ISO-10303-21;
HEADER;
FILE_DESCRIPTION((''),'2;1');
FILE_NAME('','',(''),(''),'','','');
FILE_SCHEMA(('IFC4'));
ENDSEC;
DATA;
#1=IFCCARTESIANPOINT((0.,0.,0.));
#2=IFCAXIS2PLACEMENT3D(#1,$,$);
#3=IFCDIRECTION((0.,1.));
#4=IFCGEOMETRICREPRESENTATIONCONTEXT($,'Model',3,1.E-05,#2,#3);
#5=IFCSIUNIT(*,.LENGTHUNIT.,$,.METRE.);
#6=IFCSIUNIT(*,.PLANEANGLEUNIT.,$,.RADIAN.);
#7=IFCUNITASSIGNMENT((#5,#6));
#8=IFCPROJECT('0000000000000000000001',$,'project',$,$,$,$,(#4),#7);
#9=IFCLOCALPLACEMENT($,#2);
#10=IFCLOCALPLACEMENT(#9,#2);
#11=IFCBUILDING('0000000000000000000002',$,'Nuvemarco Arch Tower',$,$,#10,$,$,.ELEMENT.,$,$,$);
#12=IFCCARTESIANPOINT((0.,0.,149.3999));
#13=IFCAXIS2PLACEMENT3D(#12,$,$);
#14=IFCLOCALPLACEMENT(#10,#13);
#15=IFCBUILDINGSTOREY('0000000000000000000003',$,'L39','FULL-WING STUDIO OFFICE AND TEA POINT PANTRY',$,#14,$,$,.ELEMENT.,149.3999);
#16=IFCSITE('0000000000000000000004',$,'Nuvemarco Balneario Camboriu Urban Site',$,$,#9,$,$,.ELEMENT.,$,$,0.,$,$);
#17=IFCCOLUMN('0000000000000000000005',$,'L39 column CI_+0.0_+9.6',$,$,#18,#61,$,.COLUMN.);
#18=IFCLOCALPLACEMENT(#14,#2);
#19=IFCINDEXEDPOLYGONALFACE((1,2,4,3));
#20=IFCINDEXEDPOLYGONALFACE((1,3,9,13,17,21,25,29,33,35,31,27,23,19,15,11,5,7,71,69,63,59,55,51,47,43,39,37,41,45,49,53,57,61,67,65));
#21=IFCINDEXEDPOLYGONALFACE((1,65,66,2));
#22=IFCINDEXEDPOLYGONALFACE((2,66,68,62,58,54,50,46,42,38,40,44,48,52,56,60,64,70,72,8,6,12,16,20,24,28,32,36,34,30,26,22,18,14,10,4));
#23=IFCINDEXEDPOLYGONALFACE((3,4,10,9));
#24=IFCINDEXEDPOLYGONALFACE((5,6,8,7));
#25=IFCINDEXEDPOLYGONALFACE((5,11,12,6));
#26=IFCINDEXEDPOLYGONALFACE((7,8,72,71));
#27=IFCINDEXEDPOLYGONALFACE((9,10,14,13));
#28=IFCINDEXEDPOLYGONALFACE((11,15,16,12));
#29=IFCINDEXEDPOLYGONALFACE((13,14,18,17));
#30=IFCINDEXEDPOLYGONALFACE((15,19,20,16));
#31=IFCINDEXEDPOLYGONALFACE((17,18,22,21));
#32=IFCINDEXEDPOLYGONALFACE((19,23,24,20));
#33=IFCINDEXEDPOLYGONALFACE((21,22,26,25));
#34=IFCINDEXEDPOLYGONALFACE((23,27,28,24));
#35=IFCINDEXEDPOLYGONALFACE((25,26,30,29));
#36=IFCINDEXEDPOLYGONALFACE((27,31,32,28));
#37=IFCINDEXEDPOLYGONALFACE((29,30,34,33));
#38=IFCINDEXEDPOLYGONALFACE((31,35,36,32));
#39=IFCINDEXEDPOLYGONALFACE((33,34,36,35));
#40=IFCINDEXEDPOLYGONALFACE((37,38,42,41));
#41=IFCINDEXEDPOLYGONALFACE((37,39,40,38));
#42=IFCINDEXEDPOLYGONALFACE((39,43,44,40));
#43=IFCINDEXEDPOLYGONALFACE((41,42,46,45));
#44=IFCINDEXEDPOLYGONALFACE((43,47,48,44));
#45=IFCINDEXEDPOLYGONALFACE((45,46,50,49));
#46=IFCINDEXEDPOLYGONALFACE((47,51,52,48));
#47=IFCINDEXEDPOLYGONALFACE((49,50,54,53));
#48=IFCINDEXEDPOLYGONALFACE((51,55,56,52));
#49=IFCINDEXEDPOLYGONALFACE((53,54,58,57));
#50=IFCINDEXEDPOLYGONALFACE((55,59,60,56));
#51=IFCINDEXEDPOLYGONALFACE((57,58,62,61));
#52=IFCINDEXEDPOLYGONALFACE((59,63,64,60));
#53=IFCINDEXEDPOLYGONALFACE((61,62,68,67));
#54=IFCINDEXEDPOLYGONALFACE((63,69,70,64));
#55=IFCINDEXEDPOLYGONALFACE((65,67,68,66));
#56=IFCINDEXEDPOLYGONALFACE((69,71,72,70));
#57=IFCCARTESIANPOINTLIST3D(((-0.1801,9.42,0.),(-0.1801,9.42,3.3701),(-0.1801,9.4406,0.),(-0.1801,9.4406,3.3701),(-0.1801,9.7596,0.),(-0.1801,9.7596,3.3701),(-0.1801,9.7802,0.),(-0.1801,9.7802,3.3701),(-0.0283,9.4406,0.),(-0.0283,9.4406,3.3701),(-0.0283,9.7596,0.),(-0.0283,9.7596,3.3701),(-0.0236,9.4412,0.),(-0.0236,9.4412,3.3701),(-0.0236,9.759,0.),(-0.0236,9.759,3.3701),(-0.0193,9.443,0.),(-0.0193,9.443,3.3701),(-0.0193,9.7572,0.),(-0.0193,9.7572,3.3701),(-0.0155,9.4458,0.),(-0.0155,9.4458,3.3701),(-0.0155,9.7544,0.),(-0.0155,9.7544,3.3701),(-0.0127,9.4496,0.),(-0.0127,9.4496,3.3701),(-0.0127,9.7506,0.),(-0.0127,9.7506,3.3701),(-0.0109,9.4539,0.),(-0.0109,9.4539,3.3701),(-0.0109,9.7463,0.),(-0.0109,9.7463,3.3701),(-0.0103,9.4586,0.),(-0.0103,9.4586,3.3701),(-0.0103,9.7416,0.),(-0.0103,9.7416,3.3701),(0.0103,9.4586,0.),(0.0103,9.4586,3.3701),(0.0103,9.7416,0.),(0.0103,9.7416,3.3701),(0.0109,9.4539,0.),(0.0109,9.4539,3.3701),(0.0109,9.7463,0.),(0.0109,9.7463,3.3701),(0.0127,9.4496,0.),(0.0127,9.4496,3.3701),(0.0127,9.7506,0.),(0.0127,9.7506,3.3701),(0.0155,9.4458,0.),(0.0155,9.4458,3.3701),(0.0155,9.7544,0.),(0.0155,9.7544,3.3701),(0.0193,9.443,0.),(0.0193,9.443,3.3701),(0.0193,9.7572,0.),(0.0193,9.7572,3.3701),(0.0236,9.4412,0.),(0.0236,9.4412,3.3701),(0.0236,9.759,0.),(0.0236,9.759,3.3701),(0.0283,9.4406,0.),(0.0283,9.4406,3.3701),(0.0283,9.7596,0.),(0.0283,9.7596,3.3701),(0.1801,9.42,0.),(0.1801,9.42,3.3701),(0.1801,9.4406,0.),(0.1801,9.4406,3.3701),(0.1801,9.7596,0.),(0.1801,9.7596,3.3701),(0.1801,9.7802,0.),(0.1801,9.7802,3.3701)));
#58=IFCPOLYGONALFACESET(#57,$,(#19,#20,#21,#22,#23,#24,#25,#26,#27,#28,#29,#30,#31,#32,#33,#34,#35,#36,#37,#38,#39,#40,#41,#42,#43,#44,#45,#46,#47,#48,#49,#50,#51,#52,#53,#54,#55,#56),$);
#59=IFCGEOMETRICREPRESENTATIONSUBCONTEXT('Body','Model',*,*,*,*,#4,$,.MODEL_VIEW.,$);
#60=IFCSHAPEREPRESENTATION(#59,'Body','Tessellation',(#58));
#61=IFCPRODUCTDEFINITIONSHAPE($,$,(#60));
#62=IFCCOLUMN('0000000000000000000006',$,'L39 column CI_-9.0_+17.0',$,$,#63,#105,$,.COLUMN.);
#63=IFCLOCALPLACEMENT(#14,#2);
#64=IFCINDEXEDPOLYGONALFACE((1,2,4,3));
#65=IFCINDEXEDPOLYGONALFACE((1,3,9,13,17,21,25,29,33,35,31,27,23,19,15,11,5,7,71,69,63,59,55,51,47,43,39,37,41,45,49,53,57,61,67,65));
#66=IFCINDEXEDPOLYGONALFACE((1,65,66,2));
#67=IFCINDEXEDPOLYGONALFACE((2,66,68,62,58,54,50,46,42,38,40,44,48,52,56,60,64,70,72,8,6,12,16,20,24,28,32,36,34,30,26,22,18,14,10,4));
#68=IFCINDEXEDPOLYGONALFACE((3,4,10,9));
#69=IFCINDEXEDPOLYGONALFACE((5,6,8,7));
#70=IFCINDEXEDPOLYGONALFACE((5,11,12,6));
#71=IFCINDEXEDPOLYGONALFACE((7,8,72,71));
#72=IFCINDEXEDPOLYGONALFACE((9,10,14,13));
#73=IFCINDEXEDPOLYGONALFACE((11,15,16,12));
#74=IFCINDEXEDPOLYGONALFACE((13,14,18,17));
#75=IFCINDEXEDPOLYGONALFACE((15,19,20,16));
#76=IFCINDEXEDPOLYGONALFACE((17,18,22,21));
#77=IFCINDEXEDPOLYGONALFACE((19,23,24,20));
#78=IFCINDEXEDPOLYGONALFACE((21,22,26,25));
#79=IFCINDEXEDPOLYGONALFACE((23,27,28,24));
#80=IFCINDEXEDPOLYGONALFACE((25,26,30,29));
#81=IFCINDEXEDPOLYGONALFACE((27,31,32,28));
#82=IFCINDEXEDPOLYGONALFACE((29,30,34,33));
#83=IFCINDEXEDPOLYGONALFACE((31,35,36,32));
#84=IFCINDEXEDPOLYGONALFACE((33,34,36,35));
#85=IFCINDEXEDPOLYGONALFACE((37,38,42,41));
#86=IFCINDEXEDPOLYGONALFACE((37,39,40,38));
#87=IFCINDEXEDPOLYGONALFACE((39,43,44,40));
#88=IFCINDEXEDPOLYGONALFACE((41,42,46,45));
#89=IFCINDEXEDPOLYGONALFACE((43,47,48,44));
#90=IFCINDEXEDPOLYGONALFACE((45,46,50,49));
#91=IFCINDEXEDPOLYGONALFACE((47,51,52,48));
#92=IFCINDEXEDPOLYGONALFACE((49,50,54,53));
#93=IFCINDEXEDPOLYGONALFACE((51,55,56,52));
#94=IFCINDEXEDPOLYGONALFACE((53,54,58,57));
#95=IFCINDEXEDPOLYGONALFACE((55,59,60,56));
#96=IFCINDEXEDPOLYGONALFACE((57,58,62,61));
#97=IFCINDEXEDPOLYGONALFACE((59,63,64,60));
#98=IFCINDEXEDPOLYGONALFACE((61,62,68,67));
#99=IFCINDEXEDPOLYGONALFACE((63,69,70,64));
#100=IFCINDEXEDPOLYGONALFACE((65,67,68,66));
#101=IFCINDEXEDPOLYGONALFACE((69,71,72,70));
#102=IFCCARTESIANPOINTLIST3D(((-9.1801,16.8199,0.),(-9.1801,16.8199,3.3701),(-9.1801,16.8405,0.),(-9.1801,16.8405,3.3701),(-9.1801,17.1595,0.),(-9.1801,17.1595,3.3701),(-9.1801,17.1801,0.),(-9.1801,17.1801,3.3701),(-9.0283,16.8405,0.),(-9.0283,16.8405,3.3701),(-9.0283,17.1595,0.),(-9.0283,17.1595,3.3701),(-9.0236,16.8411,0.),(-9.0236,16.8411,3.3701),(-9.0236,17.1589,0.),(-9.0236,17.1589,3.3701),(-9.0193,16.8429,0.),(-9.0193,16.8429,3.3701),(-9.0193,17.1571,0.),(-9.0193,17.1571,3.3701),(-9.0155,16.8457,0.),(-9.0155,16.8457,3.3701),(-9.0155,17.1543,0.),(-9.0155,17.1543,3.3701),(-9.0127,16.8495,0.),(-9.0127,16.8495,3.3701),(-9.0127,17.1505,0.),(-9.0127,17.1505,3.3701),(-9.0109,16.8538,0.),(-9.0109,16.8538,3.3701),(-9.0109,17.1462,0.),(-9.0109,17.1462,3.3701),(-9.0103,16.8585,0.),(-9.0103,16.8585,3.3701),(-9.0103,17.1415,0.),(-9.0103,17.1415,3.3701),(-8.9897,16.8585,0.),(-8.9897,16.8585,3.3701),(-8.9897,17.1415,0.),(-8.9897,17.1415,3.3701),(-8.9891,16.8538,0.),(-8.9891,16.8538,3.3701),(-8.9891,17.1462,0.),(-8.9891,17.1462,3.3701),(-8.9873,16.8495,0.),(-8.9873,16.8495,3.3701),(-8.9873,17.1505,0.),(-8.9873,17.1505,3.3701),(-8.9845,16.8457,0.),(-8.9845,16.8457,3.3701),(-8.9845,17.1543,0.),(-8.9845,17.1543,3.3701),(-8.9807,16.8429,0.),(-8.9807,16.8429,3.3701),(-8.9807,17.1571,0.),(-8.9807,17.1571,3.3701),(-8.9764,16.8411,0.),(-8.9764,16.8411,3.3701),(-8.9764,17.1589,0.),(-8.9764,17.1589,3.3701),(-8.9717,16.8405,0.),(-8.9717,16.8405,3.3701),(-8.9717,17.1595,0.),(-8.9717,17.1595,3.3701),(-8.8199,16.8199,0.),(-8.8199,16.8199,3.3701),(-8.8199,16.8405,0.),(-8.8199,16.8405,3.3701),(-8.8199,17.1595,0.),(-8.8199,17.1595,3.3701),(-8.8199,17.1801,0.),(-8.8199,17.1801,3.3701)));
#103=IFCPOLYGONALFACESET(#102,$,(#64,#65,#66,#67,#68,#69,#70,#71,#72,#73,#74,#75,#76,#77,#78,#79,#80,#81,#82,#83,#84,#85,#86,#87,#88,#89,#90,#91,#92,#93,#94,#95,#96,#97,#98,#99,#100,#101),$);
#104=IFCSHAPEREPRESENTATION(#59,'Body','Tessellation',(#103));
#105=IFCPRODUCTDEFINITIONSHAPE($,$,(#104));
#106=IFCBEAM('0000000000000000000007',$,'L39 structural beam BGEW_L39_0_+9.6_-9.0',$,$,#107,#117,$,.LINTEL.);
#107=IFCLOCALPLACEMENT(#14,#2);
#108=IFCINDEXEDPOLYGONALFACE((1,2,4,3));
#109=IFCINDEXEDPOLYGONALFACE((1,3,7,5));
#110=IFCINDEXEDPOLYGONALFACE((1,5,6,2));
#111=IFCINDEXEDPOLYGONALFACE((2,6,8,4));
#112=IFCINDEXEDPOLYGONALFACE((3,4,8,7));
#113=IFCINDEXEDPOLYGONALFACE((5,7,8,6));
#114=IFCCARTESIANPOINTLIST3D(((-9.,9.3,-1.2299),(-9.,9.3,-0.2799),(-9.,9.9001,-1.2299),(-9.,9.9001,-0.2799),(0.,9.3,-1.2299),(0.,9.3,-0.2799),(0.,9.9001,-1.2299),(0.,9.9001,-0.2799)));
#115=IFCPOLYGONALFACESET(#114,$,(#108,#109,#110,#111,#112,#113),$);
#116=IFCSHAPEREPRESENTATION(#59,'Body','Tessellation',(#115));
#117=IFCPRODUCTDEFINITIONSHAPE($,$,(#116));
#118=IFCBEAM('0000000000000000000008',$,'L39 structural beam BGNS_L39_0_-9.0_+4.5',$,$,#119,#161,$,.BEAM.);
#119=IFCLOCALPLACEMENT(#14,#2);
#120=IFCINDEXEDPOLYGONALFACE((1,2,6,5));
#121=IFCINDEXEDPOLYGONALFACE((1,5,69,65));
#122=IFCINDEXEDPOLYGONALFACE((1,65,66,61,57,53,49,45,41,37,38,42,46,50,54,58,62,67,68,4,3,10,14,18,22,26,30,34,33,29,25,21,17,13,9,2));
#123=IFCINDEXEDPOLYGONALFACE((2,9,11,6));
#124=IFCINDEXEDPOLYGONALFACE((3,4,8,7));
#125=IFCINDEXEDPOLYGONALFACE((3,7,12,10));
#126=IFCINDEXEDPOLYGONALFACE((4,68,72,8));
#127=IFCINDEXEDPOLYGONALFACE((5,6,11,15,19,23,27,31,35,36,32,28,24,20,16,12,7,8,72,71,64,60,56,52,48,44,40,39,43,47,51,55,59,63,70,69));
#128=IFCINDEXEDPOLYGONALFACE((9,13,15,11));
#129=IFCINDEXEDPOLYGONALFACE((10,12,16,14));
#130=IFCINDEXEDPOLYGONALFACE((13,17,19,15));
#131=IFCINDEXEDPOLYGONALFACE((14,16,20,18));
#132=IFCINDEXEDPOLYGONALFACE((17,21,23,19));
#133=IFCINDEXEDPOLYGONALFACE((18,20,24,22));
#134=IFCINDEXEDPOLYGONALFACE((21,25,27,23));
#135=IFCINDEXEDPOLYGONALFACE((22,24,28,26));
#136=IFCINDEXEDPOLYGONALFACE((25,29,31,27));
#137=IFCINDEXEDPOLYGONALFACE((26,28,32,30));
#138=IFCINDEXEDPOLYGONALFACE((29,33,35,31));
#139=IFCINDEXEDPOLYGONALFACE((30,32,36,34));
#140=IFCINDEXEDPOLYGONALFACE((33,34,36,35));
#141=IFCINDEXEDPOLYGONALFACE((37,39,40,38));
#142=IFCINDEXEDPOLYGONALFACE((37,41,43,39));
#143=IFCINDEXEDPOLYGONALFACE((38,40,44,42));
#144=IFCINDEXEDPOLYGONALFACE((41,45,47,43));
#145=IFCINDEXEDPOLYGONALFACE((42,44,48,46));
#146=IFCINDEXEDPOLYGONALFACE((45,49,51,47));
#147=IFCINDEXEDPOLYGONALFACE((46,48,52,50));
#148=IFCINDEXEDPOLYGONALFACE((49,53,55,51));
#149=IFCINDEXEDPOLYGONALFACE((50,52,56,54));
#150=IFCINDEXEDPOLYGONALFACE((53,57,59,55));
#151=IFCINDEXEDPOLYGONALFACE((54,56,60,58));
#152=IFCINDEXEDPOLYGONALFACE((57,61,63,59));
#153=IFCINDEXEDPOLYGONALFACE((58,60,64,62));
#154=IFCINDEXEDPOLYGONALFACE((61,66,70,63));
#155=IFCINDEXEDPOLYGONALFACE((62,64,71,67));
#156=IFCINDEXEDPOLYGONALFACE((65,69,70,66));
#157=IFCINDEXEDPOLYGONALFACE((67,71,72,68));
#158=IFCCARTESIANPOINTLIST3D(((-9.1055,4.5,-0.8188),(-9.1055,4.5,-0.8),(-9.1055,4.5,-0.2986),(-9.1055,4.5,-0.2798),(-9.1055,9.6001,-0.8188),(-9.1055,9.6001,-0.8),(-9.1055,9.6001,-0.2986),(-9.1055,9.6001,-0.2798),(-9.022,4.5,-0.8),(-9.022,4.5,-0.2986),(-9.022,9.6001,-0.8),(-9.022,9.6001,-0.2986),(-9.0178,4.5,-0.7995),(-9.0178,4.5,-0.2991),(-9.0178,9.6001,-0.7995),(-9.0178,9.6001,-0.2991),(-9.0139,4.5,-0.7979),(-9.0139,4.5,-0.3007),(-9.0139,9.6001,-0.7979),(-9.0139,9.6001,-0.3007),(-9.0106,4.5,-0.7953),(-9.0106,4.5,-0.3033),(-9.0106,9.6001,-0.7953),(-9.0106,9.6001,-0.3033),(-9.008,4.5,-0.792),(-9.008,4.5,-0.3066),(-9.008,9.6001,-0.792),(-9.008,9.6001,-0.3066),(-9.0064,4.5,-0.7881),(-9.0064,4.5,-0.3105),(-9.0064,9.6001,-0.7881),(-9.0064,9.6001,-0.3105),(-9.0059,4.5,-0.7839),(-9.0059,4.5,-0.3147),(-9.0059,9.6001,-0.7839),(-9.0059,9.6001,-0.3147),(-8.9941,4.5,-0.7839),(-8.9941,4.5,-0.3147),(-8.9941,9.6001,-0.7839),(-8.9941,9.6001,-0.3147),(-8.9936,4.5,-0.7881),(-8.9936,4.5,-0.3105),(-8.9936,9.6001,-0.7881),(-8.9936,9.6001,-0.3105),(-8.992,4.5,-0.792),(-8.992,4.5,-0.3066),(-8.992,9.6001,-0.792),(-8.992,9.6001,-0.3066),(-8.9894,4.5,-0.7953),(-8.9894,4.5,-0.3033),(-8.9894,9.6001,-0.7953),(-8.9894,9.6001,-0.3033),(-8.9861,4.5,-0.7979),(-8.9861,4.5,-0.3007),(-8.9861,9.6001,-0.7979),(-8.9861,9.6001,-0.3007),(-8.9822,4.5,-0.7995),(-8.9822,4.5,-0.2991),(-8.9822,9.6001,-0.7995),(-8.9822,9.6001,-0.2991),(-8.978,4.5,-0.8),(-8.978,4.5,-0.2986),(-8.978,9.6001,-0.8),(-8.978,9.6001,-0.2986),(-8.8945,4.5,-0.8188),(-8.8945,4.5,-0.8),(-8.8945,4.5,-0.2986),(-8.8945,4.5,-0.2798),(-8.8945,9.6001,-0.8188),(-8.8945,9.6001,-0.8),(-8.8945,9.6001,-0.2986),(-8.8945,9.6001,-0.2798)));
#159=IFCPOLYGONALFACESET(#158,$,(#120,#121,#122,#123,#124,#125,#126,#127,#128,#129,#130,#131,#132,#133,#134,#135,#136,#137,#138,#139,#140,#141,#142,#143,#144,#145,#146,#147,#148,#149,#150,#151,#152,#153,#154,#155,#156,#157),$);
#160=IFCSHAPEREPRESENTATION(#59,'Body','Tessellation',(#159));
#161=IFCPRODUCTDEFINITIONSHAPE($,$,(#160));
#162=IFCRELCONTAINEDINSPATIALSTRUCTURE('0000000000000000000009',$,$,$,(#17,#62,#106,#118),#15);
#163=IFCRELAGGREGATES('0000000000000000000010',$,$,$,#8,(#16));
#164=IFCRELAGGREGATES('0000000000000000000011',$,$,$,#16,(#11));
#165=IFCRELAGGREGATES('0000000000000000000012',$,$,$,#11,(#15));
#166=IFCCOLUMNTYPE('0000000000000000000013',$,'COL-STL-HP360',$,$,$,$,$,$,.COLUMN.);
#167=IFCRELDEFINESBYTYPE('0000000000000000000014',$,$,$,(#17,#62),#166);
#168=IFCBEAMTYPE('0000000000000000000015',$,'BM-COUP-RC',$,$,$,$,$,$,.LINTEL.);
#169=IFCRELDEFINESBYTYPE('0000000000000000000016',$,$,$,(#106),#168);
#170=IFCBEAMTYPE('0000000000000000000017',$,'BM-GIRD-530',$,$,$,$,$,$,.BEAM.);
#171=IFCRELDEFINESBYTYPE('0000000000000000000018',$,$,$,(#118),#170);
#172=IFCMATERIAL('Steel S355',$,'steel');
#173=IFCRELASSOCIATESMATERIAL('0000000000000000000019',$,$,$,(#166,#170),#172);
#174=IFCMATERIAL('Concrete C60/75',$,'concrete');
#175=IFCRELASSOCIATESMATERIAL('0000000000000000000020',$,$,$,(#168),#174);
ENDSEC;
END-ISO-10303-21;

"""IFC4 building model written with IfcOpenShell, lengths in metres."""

from ifc_helpers import new_model, si_unit, direction, frame, origin, origin_2d, place, context, subcontext, project, spatial, rectangle, i_section, extrude, material, material_profile, profile_set, type_object, element, save


model = new_model("IFC4")

# Units and contexts
model_context = context("Model", 3, precision=1e-05, world=origin(), true_north=direction((0.0, 1.0)))
body_context = subcontext(model_context, "Body", "Model", "MODEL_VIEW")
ifc_project = project(units=[si_unit("LENGTHUNIT", "METRE"), si_unit("PLANEANGLEUNIT", "RADIAN")], contexts=[model_context])

# Site, building, storey
site_placement = place(None, origin())
site = spatial("IfcSite", under=ifc_project, at=site_placement, Name="Nuvemarco Balneario Camboriu Urban Site", CompositionType="ELEMENT", RefElevation=0.0)
building_placement = place(site_placement, origin())
building = spatial("IfcBuilding", under=site, at=building_placement, Name="Nuvemarco Arch Tower", CompositionType="ELEMENT")
storey_placement = place(building_placement, frame((0.0, 0.0, 149.3999)))
storey = spatial("IfcBuildingStorey", under=building, at=storey_placement, Name="L39", Description="FULL-WING STUDIO OFFICE AND TEA POINT PANTRY", CompositionType="ELEMENT", Elevation=149.3999)

# Columns
ifc_material_1 = material(Name="Steel S355", Category="steel")
ifc_material_profile_1 = material_profile(ifc_material_1, i_section(OverallWidth=0.3601, OverallDepth=0.3601, WebThickness=0.0205, FlangeThickness=0.0205, FilletRadius=0.0181, at=origin_2d()), Name="HP360x174")
ifc_profile_set_1 = profile_set([ifc_material_profile_1], Name="Steel S355")
column_type_1 = type_object("IfcColumnType", Name="COL-STL-HP360", PredefinedType="COLUMN", material=ifc_profile_set_1)
for number, where, z_axis, x_axis, name in (
    (1, (0.0, 9.6001, 0.0), (0.0, 0.0, 1.0), (1.0, 0.0, 0.0), "L39 column CI_+0.0_+9.6"),
    (2, (-9.0, 17.0, 0.0), (0.0, 0.0, 1.0), (1.0, 0.0, 0.0), "L39 column CI_-9.0_+17.0"),
):
    element("IfcColumn", number, at=place(storey_placement, frame(where, z_axis=z_axis, x_axis=x_axis)), inside=storey, type_object=column_type_1, Name=name, PredefinedType="COLUMN", context=body_context, shape_type="SweptSolid", body=[
        extrude(i_section(OverallWidth=0.3601, OverallDepth=0.3601, WebThickness=0.0205, FlangeThickness=0.0205, FilletRadius=0.0181, at=origin_2d()), origin(), (0.0, 0.0, 1.0), 3.3701),
    ])

# Beams
ifc_material_2 = material(Name="Concrete C60/75", Category="concrete")
ifc_material_profile_2 = material_profile(ifc_material_2, rectangle(XDim=0.6001, YDim=0.95, at=origin_2d()), Name="RC-BM-600x950")
ifc_profile_set_2 = profile_set([ifc_material_profile_2], Name="Concrete C60/75")
beam_type_1 = type_object("IfcBeamType", Name="BM-COUP-RC", PredefinedType="LINTEL", material=ifc_profile_set_2)
beam_1_placement = place(storey_placement, frame((-9.0, 9.6001, -0.7549), z_axis=(1.0, 0.0, 0.0), x_axis=(0.0, 1.0, 0.0)))
element("IfcBeam", 3, at=beam_1_placement, inside=storey, type_object=beam_type_1, Name="L39 structural beam BGEW_L39_0_+9.6_-9.0", PredefinedType="LINTEL", context=body_context, shape_type="SweptSolid", body=[
    extrude(rectangle(XDim=0.6001, YDim=0.95, at=origin_2d()), origin(), (0.0, 0.0, 1.0), 9.0),
])
ifc_material_profile_3 = material_profile(ifc_material_1, i_section(OverallWidth=0.2109, OverallDepth=0.5391, WebThickness=0.0117, FlangeThickness=0.0188, FilletRadius=0.0161, at=origin_2d()), Name="W530x109")
ifc_profile_set_3 = profile_set([ifc_material_profile_3], Name="Steel S355")
beam_type_2 = type_object("IfcBeamType", Name="BM-GIRD-530", PredefinedType="BEAM", material=ifc_profile_set_3)
beam_2_placement = place(storey_placement, frame((-9.0, 4.5, -0.5493), z_axis=(0.0, 1.0, 0.0), x_axis=(-1.0, 0.0, 0.0)))
element("IfcBeam", 4, at=beam_2_placement, inside=storey, type_object=beam_type_2, Name="L39 structural beam BGNS_L39_0_-9.0_+4.5", PredefinedType="BEAM", context=body_context, shape_type="SweptSolid", body=[
    extrude(i_section(OverallWidth=0.2109, OverallDepth=0.5391, WebThickness=0.0117, FlangeThickness=0.0188, FilletRadius=0.0161, at=origin_2d()), origin(), (0.0, 0.0, 1.0), 5.1001),
])

save(model, "model.ifc")
